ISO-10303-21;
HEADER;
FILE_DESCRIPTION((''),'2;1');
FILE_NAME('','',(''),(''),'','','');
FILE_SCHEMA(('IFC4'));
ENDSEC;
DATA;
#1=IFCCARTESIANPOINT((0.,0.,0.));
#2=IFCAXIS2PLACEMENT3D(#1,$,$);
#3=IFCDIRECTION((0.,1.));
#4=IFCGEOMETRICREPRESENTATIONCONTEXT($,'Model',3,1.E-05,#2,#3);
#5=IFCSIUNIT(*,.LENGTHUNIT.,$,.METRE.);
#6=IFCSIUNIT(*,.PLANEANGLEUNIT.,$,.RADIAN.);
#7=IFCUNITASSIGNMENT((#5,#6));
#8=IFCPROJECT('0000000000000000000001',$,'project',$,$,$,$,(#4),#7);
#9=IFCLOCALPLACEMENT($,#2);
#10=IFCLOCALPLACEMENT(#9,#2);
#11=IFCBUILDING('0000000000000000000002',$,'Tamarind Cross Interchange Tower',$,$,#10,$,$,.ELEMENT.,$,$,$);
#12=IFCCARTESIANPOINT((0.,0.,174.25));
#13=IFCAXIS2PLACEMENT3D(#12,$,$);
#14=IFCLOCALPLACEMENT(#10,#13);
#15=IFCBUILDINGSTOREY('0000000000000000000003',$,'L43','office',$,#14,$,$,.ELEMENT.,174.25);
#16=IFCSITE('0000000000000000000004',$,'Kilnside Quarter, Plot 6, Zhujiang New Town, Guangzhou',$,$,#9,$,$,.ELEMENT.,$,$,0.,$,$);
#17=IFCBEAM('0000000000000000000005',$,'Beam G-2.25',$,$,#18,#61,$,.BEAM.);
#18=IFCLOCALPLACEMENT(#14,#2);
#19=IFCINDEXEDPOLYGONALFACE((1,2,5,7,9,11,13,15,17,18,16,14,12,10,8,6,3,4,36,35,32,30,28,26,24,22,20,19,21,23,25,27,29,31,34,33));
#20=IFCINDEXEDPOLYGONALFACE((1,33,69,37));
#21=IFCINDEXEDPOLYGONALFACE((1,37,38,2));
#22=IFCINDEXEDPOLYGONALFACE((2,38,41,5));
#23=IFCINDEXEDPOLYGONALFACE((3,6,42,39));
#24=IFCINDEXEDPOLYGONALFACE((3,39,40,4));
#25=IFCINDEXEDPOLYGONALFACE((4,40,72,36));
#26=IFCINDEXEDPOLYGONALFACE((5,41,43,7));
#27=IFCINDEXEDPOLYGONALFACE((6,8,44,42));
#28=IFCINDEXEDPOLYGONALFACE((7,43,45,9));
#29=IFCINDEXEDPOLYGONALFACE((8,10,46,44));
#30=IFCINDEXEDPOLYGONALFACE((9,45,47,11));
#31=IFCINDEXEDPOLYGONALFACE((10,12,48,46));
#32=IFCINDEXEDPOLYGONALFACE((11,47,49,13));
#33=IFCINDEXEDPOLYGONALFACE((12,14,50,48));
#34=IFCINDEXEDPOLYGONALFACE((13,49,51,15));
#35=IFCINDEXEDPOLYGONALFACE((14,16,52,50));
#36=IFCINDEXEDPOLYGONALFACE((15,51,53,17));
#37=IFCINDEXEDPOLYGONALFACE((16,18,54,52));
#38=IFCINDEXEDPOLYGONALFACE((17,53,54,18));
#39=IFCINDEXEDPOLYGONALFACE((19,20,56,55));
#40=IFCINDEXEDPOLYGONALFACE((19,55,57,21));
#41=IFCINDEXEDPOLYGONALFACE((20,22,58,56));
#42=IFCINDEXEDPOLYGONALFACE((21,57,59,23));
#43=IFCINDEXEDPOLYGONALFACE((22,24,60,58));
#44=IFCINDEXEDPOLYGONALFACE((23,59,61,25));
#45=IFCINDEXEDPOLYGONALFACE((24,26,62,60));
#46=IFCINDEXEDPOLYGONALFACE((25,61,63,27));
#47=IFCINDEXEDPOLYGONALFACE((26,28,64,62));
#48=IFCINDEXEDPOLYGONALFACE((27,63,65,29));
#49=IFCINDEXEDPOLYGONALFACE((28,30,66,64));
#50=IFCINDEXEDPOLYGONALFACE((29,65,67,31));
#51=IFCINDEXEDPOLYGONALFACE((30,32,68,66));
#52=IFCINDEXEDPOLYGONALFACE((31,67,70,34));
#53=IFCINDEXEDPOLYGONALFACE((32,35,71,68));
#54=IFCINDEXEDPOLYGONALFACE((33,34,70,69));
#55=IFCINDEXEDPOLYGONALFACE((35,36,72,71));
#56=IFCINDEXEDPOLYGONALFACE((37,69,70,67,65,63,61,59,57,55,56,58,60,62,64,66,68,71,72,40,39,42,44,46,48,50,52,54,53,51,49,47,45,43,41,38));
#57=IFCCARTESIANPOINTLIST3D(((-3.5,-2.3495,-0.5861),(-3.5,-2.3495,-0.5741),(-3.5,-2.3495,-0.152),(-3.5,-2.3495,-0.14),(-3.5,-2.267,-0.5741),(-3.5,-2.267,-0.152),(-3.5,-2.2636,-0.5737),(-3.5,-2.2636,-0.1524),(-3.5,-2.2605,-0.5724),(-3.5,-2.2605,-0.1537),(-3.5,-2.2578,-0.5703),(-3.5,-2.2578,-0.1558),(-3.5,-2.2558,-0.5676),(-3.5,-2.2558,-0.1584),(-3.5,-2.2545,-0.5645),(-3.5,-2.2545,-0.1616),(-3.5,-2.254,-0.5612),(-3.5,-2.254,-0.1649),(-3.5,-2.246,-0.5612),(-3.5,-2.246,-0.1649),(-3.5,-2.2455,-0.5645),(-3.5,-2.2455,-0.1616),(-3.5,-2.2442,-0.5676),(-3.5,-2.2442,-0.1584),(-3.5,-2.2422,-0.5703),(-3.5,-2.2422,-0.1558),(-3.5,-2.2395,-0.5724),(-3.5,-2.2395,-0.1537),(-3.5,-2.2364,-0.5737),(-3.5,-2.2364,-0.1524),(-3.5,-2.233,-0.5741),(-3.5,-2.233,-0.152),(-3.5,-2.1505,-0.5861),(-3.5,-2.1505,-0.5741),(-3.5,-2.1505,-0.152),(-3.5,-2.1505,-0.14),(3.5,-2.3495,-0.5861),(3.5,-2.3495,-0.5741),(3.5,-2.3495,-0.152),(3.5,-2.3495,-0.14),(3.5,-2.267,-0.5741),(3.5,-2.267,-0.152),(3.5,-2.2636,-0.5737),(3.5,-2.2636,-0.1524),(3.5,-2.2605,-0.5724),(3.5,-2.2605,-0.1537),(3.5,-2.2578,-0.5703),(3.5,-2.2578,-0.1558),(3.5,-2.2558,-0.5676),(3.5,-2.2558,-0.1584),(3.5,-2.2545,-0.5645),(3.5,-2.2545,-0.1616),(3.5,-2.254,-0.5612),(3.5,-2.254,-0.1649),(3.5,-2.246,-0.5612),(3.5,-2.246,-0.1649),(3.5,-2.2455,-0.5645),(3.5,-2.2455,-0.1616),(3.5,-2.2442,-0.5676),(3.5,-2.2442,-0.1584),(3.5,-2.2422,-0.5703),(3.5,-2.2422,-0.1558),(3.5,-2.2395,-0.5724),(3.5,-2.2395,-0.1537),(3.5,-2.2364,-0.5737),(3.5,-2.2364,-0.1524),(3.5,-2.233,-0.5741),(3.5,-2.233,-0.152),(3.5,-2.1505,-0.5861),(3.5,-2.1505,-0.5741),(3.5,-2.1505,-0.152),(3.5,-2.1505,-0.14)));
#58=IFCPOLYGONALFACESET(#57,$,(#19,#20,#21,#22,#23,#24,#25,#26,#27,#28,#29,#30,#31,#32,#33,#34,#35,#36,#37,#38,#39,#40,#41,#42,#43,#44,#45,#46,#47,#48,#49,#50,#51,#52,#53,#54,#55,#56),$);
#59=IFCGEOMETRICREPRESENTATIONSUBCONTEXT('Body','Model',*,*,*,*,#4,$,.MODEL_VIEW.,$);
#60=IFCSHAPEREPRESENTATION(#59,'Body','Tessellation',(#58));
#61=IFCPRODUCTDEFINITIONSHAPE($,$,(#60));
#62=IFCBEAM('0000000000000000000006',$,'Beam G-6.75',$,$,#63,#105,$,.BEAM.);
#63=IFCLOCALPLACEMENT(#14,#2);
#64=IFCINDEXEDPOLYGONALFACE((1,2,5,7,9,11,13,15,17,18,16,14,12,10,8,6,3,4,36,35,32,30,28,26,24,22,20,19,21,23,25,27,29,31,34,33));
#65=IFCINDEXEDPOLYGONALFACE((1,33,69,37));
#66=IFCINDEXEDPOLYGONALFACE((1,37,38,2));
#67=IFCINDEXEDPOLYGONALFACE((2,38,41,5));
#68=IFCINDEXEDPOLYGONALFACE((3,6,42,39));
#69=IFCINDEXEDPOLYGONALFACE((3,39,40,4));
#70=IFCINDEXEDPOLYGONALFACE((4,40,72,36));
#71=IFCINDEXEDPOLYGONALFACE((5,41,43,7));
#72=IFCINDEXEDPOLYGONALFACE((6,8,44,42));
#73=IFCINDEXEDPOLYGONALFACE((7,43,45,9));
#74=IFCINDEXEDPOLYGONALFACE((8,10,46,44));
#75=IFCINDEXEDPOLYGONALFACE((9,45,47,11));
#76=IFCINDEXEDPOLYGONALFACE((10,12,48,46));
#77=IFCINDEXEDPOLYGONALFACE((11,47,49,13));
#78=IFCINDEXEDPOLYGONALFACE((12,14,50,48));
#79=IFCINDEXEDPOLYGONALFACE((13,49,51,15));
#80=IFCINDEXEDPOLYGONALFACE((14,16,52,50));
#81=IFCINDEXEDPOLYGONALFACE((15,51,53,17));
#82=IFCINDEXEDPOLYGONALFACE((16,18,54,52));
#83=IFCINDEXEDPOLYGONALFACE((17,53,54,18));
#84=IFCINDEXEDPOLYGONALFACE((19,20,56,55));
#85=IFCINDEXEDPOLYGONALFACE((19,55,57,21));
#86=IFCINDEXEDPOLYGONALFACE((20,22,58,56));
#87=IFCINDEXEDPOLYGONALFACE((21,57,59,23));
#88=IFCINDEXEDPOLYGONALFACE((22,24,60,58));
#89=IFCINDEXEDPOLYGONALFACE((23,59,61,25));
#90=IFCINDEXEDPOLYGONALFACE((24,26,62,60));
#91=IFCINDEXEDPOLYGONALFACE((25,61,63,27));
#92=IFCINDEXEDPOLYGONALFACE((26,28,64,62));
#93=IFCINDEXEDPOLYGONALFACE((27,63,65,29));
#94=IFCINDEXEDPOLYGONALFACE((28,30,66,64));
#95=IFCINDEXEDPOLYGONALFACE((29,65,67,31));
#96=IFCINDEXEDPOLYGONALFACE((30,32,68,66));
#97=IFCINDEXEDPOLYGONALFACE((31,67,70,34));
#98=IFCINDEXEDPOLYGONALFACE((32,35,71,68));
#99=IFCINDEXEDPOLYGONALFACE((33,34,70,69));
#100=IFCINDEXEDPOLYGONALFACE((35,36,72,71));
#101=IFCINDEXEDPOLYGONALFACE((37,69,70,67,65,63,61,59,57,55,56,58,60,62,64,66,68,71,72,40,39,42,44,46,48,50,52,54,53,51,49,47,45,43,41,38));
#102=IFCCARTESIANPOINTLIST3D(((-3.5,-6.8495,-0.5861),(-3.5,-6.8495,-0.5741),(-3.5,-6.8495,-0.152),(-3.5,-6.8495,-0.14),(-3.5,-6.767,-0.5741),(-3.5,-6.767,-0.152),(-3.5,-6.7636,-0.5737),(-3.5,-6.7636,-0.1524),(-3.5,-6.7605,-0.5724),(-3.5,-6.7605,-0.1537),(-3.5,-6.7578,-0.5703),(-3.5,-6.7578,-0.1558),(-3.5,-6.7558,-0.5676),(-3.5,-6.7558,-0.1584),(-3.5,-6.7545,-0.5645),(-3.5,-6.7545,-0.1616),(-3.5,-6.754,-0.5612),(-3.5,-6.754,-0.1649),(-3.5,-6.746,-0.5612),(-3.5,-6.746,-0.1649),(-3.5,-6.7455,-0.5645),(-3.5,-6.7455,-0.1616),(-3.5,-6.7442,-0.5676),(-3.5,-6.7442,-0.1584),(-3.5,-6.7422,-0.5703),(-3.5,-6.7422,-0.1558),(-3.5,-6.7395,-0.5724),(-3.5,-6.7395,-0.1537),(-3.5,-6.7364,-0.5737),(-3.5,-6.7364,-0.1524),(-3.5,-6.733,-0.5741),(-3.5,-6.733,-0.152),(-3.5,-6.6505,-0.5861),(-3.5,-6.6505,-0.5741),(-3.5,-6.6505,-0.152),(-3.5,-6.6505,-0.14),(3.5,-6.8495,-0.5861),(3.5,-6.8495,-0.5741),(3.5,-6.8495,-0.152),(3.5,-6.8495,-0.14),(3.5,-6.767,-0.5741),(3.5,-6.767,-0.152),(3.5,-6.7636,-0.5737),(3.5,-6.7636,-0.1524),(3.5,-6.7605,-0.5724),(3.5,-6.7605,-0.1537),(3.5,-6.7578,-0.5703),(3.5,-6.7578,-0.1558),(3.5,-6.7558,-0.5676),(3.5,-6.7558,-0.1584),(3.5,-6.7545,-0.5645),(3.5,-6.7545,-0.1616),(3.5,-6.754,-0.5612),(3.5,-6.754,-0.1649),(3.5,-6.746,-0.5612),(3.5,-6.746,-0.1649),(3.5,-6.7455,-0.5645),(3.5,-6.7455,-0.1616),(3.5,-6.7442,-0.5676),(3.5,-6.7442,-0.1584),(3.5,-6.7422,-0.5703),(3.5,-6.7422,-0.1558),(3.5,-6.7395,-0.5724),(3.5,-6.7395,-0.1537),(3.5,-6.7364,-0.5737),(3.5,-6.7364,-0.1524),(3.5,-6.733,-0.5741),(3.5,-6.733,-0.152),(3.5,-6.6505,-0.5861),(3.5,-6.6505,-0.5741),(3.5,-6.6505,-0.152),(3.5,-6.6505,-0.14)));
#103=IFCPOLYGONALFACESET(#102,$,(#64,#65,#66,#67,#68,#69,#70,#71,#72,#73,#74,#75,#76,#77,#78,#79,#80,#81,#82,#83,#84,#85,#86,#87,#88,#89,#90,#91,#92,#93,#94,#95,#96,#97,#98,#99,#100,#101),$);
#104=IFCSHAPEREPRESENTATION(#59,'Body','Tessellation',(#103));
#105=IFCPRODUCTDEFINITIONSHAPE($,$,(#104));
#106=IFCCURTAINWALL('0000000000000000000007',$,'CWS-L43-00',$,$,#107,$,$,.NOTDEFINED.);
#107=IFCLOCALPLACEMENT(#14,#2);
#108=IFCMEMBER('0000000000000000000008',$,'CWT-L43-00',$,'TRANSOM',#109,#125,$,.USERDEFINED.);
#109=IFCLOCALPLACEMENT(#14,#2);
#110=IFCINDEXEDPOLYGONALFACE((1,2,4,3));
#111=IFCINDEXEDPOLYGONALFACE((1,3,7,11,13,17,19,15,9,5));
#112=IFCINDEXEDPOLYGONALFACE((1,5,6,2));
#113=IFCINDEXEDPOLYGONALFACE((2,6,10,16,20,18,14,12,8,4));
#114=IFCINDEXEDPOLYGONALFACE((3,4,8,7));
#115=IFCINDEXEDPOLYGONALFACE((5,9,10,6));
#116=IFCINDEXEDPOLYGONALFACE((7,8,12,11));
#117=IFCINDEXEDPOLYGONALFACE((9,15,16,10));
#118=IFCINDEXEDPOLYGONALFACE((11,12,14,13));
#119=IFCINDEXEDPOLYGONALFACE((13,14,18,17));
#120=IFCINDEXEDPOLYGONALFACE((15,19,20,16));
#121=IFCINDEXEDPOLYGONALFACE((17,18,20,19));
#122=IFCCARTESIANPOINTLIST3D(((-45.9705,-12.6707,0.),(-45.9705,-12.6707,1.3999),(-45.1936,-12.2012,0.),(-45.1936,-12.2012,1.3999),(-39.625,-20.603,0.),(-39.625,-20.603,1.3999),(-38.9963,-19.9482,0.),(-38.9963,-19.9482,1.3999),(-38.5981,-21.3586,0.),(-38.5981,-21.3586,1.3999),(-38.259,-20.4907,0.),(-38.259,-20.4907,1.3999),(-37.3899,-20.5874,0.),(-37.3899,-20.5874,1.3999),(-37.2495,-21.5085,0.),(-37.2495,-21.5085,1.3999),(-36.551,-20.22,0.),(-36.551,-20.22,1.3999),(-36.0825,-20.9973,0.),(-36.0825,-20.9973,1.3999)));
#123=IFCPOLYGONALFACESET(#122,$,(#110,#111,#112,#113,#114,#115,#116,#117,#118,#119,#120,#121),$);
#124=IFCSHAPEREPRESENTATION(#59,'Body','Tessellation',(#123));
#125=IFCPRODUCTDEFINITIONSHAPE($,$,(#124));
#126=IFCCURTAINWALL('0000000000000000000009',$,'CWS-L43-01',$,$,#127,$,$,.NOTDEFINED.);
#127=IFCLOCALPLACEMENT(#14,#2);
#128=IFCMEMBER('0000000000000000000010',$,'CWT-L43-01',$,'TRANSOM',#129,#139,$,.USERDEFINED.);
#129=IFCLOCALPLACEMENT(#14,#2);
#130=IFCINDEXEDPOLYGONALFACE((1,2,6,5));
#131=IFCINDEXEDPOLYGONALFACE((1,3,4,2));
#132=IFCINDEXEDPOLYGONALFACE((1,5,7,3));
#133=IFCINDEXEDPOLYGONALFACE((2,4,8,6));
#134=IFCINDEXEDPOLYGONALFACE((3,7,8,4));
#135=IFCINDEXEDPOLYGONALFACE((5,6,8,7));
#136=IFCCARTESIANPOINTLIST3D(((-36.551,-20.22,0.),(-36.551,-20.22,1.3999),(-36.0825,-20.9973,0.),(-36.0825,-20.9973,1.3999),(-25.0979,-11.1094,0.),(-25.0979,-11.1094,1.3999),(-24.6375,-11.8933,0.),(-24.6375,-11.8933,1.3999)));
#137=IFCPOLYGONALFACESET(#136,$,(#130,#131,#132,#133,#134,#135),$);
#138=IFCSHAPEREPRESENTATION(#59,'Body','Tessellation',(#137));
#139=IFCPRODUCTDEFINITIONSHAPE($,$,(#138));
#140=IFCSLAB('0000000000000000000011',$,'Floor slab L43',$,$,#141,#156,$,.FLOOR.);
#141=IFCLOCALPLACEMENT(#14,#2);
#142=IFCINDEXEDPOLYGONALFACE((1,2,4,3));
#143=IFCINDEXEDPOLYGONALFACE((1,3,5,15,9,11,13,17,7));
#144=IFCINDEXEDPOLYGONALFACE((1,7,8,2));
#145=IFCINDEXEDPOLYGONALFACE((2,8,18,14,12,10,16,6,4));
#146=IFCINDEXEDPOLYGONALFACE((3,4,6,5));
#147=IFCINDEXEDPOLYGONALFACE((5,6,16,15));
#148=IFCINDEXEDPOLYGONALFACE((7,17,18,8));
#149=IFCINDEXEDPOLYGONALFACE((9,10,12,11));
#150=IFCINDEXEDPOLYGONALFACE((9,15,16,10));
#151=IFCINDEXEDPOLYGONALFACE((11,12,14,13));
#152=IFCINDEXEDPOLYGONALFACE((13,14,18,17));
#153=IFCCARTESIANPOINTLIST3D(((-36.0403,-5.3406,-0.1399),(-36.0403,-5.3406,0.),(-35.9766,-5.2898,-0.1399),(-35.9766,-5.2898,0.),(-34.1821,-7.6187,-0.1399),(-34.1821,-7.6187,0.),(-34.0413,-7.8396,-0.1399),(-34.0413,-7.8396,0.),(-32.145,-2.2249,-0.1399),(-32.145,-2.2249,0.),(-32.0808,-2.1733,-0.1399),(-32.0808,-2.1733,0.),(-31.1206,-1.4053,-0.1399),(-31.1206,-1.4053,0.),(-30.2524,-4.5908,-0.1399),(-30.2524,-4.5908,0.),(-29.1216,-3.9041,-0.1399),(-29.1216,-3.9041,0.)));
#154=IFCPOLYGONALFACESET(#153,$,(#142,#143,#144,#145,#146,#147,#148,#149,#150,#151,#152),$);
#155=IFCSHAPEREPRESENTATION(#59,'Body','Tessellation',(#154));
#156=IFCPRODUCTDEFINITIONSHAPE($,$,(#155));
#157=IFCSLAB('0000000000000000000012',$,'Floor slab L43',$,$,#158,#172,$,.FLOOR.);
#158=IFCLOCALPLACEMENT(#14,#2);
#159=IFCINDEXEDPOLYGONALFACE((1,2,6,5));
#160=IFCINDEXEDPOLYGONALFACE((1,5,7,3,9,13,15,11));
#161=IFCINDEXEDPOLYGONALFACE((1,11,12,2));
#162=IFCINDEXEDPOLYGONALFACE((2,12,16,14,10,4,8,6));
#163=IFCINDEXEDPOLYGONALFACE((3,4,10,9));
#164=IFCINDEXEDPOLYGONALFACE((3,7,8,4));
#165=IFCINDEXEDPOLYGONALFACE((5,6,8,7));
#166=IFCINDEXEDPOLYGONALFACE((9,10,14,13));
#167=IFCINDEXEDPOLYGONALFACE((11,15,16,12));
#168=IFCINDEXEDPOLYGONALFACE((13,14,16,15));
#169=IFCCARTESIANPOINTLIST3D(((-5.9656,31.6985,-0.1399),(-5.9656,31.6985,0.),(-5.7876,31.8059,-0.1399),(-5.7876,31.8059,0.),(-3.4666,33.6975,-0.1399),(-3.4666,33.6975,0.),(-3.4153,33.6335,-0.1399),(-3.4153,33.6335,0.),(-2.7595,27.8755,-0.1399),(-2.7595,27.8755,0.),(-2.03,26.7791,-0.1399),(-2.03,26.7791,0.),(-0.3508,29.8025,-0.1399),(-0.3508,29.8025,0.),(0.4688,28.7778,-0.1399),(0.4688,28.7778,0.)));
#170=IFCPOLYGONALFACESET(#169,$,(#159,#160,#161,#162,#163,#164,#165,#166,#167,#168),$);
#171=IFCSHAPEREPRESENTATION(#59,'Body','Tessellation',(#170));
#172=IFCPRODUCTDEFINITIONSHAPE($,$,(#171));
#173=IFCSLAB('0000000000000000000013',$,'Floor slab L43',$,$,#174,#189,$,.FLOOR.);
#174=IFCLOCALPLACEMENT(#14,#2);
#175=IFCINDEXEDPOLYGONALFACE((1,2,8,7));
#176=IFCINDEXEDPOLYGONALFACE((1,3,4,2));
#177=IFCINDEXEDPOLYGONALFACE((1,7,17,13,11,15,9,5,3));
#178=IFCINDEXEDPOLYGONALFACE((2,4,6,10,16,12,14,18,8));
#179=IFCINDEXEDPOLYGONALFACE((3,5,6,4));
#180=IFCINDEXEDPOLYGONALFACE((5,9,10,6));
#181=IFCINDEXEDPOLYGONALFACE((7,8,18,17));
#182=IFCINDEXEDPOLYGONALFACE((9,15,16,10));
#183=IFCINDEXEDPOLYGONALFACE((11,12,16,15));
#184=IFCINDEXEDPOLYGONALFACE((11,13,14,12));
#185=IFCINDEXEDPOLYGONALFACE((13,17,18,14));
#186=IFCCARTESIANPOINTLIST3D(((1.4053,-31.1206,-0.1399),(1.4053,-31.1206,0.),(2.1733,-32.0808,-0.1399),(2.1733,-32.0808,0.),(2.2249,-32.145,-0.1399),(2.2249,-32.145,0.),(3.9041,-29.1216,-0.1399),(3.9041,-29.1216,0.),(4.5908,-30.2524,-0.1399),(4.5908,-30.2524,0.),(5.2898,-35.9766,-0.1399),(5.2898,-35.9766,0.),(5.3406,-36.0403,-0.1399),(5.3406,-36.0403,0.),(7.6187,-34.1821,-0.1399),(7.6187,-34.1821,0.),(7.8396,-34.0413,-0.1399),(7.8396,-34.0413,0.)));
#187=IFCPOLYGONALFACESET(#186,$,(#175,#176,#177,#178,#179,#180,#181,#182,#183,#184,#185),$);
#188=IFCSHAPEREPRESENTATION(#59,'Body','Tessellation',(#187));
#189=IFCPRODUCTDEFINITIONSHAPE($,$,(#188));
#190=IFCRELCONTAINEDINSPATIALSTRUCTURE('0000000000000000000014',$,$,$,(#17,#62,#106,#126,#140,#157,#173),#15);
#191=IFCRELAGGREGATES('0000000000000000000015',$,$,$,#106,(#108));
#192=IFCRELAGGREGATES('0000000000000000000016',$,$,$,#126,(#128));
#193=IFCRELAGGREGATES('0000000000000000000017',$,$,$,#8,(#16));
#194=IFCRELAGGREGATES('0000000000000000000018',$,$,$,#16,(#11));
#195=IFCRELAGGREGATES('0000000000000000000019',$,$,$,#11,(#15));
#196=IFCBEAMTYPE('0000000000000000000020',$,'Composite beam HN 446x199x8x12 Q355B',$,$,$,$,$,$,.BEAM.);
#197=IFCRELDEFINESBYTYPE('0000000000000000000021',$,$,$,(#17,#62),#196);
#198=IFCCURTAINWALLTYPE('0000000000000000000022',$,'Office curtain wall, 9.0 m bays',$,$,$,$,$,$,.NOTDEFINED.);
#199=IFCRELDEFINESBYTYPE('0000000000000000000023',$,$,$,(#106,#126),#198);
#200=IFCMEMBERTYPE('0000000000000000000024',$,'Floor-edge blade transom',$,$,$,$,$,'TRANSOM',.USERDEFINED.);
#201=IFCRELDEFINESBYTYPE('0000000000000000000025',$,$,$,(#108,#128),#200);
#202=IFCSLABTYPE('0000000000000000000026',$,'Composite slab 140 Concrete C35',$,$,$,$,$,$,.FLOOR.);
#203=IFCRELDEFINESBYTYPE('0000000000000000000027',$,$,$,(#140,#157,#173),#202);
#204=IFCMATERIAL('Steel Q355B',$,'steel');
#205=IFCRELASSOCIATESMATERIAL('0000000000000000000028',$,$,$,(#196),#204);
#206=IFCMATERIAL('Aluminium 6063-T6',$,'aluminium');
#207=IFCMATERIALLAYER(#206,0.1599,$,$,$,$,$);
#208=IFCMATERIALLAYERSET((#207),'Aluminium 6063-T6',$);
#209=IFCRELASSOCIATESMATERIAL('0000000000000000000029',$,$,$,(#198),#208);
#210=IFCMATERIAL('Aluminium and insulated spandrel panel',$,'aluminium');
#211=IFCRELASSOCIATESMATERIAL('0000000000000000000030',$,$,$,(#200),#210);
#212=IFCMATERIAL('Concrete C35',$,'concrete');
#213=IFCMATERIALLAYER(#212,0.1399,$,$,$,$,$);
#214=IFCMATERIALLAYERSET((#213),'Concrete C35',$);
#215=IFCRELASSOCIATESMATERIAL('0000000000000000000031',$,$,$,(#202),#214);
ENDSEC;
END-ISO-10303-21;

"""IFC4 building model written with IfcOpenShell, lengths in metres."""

from ifc_helpers import new_model, si_unit, direction, frame, origin, origin_2d, place, context, subcontext, project, spatial, polyline, i_section, outline, extrude, material, layer, layer_set, material_profile, profile_set, type_object, element, aggregate, save


model = new_model("IFC4")

# Units and contexts
model_context = context("Model", 3, precision=1e-05, world=origin(), true_north=direction((0.0, 1.0)))
body_context = subcontext(model_context, "Body", "Model", "MODEL_VIEW")
ifc_project = project(units=[si_unit("LENGTHUNIT", "METRE"), si_unit("PLANEANGLEUNIT", "RADIAN")], contexts=[model_context])

# Site, building, storey
site_placement = place(None, origin())
site = spatial("IfcSite", under=ifc_project, at=site_placement, Name="Kilnside Quarter, Plot 6, Zhujiang New Town, Guangzhou", CompositionType="ELEMENT", RefElevation=0.0)
building_placement = place(site_placement, origin())
building = spatial("IfcBuilding", under=site, at=building_placement, Name="Tamarind Cross Interchange Tower", CompositionType="ELEMENT")
storey_placement = place(building_placement, frame((0.0, 0.0, 174.25)))
storey = spatial("IfcBuildingStorey", under=building, at=storey_placement, Name="L43", Description="office", CompositionType="ELEMENT", Elevation=174.25)

# Beams
ifc_material_1 = material(Name="Steel Q355B", Category="steel")
ifc_material_profile = material_profile(ifc_material_1, i_section(OverallWidth=0.199, OverallDepth=0.446, WebThickness=0.0081, FlangeThickness=0.012, FilletRadius=0.0129, at=origin_2d()), Name="HN 446x199x8x12")
ifc_profile_set = profile_set([ifc_material_profile], Name="Steel Q355B")
beam_type = type_object("IfcBeamType", Name="Composite beam HN 446x199x8x12 Q355B", PredefinedType="BEAM", material=ifc_profile_set)
for number, where, z_axis, x_axis, name in (
    (1, (-3.5, -2.25, -0.363), (1.0, 0.0, 0.0), (0.0, 1.0, 0.0), "Beam G-2.25"),
    (2, (-3.5, -6.75, -0.363), (1.0, 0.0, 0.0), (0.0, 1.0, 0.0), "Beam G-6.75"),
):
    element("IfcBeam", number, at=place(storey_placement, frame(where, z_axis=z_axis, x_axis=x_axis)), inside=storey, type_object=beam_type, Name=name, PredefinedType="BEAM", context=body_context, shape_type="SweptSolid", body=[
        extrude(i_section(OverallWidth=0.199, OverallDepth=0.446, WebThickness=0.0081, FlangeThickness=0.012, FilletRadius=0.0129, at=origin_2d()), origin(), (0.0, 0.0, 1.0), 7.0),
    ])

# Curtain walls, members
ifc_material_2 = material(Name="Aluminium 6063-T6", Category="aluminium")
ifc_layer_1 = layer(ifc_material_2, 0.1599)
ifc_layer_set_1 = layer_set([ifc_layer_1], Name="Aluminium 6063-T6")
curtain_wall_type = type_object("IfcCurtainWallType", Name="Office curtain wall, 9.0 m bays", PredefinedType="NOTDEFINED", material=ifc_layer_set_1)
curtain_wall_1_placement = place(storey_placement, origin())
curtain_wall_1 = element("IfcCurtainWall", 3, at=curtain_wall_1_placement, inside=storey, type_object=curtain_wall_type, Name="CWS-L43-00", PredefinedType="NOTDEFINED")
ifc_material_3 = material(Name="Aluminium and insulated spandrel panel", Category="aluminium")
member_type = type_object("IfcMemberType", Name="Floor-edge blade transom", ElementType="TRANSOM", PredefinedType="USERDEFINED", material=ifc_material_3)
member_1_placement = place(storey_placement, origin())
member_1 = element("IfcMember", 4, at=member_1_placement, type_object=member_type, Name="CWT-L43-00", ObjectType="TRANSOM", PredefinedType="USERDEFINED", context=body_context, shape_type="SweptSolid", body=[
    extrude(outline(polyline([(-45.1936, -12.2012), (-38.9963, -19.9482), (-38.259, -20.4907), (-37.3899, -20.5874), (-36.551, -20.22), (-36.0825, -20.9973), (-37.2495, -21.5085), (-38.5981, -21.3586), (-39.625, -20.603), (-45.9705, -12.6707), (-45.1936, -12.2012)])), origin(), (0.0, 0.0, 1.0), 1.3999),
])
curtain_wall_2_placement = place(storey_placement, origin())
curtain_wall_2 = element("IfcCurtainWall", 5, at=curtain_wall_2_placement, inside=storey, type_object=curtain_wall_type, Name="CWS-L43-01", PredefinedType="NOTDEFINED")
member_2_placement = place(storey_placement, origin())
member_2 = element("IfcMember", 6, at=member_2_placement, type_object=member_type, Name="CWT-L43-01", ObjectType="TRANSOM", PredefinedType="USERDEFINED", context=body_context, shape_type="SweptSolid", body=[
    extrude(outline(polyline([(-36.551, -20.22), (-25.0979, -11.1094), (-24.6375, -11.8933), (-36.0825, -20.9973), (-36.551, -20.22)])), origin(), (0.0, 0.0, 1.0), 1.3999),
])

# Slabs
ifc_material_4 = material(Name="Concrete C35", Category="concrete")
ifc_layer_2 = layer(ifc_material_4, 0.1399)
ifc_layer_set_2 = layer_set([ifc_layer_2], Name="Concrete C35")
slab_type = type_object("IfcSlabType", Name="Composite slab 140 Concrete C35", PredefinedType="FLOOR", material=ifc_layer_set_2)
slab_1_placement = place(storey_placement, frame((0.0, 0.0, -0.1399)))
element("IfcSlab", 7, at=slab_1_placement, inside=storey, type_object=slab_type, Name="Floor slab L43", PredefinedType="FLOOR", context=body_context, shape_type="SweptSolid", body=[
    extrude(outline(polyline([(-36.0403, -5.3406), (-34.0413, -7.8396), (-29.1216, -3.9041), (-31.1206, -1.4053), (-32.0808, -2.1733), (-32.145, -2.2249), (-30.2524, -4.5908), (-34.1821, -7.6187), (-35.9766, -5.2898), (-36.0403, -5.3406)])), origin(), (0.0, 0.0, 1.0), 0.1399),
])
slab_2_placement = place(storey_placement, frame((0.0, 0.0, -0.1399)))
element("IfcSlab", 8, at=slab_2_placement, inside=storey, type_object=slab_type, Name="Floor slab L43", PredefinedType="FLOOR", context=body_context, shape_type="SweptSolid", body=[
    extrude(outline(polyline([(-5.7876, 31.8059), (-3.4153, 33.6335), (-3.4666, 33.6975), (-5.9656, 31.6985), (-2.03, 26.7791), (0.4688, 28.7778), (-0.3508, 29.8025), (-2.7595, 27.8755), (-5.7876, 31.8059)])), origin(), (0.0, 0.0, 1.0), 0.1399),
])
slab_3_placement = place(storey_placement, frame((0.0, 0.0, -0.1399)))
element("IfcSlab", 9, at=slab_3_placement, inside=storey, type_object=slab_type, Name="Floor slab L43", PredefinedType="FLOOR", context=body_context, shape_type="SweptSolid", body=[
    extrude(outline(polyline([(5.3406, -36.0403), (7.8396, -34.0413), (3.9041, -29.1216), (1.4053, -31.1206), (2.1733, -32.0808), (2.2249, -32.145), (4.5908, -30.2524), (7.6187, -34.1821), (5.2898, -35.9766), (5.3406, -36.0403)])), origin(), (0.0, 0.0, 1.0), 0.1399),
])

aggregate(curtain_wall_1, [member_1])
aggregate(curtain_wall_2, [member_2])

save(model, "model.ifc")
